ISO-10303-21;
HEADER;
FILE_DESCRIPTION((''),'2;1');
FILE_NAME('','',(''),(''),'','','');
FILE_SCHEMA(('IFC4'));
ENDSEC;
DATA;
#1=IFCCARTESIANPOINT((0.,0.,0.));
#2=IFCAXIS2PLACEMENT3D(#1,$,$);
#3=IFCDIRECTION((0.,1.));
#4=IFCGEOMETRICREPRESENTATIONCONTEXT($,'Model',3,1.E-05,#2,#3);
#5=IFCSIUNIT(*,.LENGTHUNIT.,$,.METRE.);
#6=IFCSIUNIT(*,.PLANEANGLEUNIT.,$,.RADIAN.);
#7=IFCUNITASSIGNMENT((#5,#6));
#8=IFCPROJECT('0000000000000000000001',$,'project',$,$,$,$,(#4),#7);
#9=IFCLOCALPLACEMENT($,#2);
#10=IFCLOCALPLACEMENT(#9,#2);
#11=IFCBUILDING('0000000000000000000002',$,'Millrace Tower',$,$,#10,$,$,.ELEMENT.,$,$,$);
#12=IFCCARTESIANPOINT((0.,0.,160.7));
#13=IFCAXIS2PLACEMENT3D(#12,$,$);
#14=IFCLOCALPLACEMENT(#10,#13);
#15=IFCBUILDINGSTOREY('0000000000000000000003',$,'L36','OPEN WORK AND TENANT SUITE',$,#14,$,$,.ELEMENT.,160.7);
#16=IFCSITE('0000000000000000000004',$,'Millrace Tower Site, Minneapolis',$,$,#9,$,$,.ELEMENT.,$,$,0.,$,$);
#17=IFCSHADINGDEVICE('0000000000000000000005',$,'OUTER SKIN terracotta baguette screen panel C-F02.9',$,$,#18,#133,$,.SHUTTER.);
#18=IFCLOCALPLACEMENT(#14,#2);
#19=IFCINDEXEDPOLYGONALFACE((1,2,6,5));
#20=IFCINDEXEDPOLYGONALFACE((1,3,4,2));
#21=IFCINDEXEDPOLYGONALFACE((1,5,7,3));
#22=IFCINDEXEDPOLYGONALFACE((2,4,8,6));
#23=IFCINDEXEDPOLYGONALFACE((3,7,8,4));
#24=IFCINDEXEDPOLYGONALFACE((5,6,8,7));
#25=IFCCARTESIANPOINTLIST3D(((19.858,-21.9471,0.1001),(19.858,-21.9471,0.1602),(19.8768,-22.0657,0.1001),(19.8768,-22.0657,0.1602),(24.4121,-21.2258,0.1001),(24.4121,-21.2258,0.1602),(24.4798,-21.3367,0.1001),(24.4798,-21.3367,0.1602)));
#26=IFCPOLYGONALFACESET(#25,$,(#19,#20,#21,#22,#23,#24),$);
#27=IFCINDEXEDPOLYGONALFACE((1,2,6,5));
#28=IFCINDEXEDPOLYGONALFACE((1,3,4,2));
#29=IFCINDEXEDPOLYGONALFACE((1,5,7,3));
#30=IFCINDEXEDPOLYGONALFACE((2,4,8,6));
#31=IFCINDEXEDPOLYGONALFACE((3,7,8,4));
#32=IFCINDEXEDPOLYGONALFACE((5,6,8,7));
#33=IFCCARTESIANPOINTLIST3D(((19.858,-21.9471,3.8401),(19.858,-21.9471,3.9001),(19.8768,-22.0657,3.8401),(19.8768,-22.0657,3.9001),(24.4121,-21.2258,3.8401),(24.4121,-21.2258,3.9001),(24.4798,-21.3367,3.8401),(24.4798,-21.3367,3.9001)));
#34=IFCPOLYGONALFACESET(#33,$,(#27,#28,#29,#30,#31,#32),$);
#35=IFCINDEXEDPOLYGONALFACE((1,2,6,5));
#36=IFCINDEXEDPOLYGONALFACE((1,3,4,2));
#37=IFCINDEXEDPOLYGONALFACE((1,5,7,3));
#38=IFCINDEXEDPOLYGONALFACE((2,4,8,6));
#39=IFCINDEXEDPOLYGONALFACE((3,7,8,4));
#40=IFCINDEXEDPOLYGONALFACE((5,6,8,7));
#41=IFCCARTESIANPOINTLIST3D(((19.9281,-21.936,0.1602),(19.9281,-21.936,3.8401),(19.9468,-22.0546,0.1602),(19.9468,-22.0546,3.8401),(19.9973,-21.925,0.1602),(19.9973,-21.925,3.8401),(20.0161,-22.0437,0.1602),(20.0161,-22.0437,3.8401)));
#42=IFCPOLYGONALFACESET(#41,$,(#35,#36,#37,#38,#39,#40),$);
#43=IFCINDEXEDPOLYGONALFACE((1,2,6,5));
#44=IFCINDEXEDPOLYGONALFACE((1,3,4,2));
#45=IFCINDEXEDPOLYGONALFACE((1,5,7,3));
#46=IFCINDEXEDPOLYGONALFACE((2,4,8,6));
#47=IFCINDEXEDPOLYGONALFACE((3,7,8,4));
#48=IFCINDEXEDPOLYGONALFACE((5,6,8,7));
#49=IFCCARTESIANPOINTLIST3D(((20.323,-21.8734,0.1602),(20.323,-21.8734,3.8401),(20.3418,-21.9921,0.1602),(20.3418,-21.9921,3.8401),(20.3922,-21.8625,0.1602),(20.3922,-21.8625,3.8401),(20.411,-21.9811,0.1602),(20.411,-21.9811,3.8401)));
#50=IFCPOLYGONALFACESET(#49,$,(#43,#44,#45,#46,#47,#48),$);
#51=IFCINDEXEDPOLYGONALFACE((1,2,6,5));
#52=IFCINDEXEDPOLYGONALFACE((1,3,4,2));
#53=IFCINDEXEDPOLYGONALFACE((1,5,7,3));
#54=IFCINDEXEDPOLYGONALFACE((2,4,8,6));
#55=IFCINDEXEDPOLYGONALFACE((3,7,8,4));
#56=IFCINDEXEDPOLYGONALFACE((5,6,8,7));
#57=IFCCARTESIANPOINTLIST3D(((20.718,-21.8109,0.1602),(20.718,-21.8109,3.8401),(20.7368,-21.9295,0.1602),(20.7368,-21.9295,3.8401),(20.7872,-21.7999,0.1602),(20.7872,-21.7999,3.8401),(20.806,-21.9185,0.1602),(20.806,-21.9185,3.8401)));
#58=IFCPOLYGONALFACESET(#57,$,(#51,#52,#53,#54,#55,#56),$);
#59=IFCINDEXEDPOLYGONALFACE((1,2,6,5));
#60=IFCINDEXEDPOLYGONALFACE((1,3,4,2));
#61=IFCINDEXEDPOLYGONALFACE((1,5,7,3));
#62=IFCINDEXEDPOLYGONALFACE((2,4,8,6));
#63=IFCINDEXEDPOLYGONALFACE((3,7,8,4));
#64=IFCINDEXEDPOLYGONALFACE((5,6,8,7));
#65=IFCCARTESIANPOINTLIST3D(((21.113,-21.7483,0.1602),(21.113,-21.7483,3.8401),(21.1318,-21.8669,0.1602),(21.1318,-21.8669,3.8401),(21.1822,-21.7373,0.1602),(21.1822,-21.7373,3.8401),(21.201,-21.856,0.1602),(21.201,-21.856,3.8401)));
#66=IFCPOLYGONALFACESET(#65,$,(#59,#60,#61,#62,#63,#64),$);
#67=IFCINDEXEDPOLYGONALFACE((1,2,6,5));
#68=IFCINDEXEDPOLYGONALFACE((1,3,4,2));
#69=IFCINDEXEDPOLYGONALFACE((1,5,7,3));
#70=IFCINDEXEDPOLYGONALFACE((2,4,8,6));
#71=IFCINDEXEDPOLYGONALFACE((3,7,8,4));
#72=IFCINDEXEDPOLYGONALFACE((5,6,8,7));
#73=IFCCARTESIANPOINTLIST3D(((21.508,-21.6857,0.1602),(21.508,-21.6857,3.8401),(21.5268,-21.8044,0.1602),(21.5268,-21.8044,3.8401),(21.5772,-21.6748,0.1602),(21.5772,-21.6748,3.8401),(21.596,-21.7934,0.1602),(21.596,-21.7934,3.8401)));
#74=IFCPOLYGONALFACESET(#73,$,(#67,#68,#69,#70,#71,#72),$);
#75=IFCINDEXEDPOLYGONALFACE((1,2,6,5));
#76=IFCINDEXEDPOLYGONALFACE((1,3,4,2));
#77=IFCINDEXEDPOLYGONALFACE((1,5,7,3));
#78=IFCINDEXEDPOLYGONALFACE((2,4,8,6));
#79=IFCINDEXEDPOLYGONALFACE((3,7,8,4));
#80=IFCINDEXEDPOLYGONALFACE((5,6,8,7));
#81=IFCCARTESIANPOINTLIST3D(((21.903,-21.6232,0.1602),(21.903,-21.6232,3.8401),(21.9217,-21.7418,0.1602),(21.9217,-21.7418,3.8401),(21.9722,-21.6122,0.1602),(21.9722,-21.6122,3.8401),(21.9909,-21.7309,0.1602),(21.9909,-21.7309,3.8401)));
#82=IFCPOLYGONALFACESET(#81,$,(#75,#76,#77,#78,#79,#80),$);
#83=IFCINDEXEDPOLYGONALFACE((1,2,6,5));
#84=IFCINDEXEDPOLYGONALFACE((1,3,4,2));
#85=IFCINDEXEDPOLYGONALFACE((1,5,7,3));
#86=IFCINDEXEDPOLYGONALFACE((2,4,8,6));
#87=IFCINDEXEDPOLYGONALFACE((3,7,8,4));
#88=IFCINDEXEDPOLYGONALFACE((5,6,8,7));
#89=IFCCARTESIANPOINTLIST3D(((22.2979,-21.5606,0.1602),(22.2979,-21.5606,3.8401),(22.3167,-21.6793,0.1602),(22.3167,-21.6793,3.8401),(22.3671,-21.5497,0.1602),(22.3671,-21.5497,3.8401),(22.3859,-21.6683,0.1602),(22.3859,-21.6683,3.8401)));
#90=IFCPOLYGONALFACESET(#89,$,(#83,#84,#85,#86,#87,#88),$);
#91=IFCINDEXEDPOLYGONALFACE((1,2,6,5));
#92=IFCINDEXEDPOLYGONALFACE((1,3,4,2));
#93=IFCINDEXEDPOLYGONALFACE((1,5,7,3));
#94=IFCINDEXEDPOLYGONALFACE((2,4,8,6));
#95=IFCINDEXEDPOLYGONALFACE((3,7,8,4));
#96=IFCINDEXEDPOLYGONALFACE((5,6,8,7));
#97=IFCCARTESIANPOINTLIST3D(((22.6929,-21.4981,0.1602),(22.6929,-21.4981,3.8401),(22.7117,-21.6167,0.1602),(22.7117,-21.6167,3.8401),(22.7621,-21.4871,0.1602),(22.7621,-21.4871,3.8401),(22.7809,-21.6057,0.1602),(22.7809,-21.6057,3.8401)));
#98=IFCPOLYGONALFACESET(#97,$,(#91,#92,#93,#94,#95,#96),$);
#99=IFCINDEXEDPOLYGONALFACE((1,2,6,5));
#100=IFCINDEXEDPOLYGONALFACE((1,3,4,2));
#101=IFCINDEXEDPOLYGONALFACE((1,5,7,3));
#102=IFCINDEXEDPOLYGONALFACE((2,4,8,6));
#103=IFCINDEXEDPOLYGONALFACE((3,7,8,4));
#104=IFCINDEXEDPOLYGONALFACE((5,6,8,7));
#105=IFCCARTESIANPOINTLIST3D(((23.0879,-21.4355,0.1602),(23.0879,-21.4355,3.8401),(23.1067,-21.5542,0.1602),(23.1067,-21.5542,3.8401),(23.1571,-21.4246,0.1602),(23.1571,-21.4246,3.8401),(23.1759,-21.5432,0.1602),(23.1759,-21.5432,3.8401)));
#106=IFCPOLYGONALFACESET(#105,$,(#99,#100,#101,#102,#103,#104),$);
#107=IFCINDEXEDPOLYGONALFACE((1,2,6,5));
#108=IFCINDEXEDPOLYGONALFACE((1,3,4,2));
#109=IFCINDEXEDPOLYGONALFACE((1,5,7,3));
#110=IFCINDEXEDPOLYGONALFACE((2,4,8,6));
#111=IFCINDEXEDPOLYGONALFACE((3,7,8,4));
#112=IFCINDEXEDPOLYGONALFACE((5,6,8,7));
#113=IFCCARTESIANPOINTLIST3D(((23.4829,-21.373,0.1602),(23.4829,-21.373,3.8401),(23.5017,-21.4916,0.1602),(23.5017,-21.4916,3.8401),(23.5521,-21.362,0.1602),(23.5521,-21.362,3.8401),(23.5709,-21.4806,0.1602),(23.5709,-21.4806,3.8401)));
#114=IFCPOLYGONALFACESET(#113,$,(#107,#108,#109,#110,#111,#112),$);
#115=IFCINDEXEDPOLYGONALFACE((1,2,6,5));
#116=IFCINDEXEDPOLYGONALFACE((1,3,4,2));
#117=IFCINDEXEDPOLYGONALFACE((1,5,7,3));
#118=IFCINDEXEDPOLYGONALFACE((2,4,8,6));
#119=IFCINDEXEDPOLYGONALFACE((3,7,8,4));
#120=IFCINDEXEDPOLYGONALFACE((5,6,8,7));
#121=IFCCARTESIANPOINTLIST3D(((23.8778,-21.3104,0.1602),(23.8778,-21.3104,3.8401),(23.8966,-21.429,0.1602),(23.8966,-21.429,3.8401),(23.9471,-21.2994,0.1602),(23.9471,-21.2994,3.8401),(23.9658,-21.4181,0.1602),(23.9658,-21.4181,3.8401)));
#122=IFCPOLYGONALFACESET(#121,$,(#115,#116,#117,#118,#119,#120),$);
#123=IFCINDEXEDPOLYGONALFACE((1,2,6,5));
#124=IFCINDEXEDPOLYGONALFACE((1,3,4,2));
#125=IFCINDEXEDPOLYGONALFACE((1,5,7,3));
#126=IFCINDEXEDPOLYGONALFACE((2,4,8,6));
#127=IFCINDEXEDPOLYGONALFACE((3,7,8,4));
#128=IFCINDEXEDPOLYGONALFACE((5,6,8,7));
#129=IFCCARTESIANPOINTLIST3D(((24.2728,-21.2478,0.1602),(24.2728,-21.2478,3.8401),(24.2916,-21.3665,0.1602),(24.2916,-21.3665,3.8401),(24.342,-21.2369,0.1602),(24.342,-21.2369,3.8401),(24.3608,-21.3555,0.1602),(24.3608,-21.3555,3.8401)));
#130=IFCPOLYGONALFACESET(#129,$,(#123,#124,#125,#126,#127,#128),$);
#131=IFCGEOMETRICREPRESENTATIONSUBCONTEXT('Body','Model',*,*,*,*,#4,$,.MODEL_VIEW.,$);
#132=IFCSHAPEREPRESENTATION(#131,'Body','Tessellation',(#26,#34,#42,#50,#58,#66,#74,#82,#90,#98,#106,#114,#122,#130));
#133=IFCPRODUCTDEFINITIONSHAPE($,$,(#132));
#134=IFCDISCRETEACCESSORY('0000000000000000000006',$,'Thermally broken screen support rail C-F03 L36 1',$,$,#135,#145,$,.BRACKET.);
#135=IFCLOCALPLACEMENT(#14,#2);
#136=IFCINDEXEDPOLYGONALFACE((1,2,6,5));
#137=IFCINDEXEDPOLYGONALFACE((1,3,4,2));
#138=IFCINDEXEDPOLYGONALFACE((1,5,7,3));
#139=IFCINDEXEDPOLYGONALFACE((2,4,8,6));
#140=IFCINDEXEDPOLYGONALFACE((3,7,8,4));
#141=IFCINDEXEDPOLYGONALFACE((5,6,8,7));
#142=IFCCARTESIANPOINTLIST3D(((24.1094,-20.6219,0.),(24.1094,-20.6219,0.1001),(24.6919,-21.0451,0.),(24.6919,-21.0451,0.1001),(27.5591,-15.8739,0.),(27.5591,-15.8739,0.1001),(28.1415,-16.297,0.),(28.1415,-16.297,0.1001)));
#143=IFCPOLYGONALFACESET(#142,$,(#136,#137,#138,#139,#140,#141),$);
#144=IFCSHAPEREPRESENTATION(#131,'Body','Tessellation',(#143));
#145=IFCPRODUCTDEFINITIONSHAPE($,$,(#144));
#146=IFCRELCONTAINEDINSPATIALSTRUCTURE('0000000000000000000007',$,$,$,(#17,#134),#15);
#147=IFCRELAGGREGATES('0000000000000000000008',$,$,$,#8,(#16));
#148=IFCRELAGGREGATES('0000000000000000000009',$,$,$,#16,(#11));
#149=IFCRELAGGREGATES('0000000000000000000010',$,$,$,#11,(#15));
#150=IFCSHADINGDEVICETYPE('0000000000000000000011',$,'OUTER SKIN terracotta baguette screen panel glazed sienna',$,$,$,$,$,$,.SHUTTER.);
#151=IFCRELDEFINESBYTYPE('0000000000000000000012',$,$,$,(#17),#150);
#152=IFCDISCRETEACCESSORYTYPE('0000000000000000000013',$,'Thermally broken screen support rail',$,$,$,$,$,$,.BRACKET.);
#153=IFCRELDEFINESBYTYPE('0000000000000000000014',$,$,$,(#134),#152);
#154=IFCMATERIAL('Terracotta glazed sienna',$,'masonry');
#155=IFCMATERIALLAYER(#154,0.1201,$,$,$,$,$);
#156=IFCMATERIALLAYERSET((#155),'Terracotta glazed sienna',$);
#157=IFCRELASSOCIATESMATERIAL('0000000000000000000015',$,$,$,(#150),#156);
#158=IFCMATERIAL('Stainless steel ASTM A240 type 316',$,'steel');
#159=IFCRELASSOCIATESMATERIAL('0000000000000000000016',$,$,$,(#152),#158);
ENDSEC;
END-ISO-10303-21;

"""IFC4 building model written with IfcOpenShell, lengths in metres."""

from ifc_helpers import new_model, entity, si_unit, direction, frame, frame_2d, origin, origin_2d, place, context, subcontext, project, spatial, rectangle, extrude, source, transform, mapped, material, layer, layer_set, type_object, element, save


model = new_model("IFC4")

# Units and contexts
model_context = context("Model", 3, precision=1e-05, world=origin(), true_north=direction((0.0, 1.0)))
body_context = subcontext(model_context, "Body", "Model", "MODEL_VIEW")
ifc_project = project(units=[si_unit("LENGTHUNIT", "METRE"), si_unit("PLANEANGLEUNIT", "RADIAN")], contexts=[model_context])

# Site, building, storey
site_placement = place(None, origin())
site = spatial("IfcSite", under=ifc_project, at=site_placement, Name="Millrace Tower Site, Minneapolis", CompositionType="ELEMENT", RefElevation=0.0)
building_placement = place(site_placement, origin())
building = spatial("IfcBuilding", under=site, at=building_placement, Name="Millrace Tower", CompositionType="ELEMENT")
storey_placement = place(building_placement, frame((0.0, 0.0, 160.7)))
storey = spatial("IfcBuildingStorey", under=building, at=storey_placement, Name="L36", Description="OPEN WORK AND TENANT SUITE", CompositionType="ELEMENT", Elevation=160.7)

# Shading device
ifc_material_1 = material(Name="Terracotta glazed sienna", Category="masonry")
ifc_layer_1 = layer(ifc_material_1, 0.1201)
ifc_layer_set_1 = layer_set([ifc_layer_1], Name="Terracotta glazed sienna")
shading_device_type = type_object("IfcShadingDeviceType", Name="OUTER SKIN terracotta baguette screen panel glazed sienna", PredefinedType="SHUTTER", material=ifc_layer_set_1)
cartesian_point_1 = entity("IfcCartesianPoint", [-2.3179, 0.0601])
shared_polyline_1 = entity("IfcPolyline", [cartesian_point_1, entity("IfcCartesianPoint", [2.293, 0.0601]), entity("IfcCartesianPoint", [2.3425, -0.0601]), entity("IfcCartesianPoint", [-2.3179, -0.0601]), cartesian_point_1])
shared_shape_1 = source(origin(), body_context, "Body", "SweptSolid", [
    entity("IfcExtrudedAreaSolid", entity("IfcArbitraryClosedProfileDef", "AREA", None, shared_polyline_1), entity("IfcAxis2Placement3D", entity("IfcCartesianPoint", [0.0, 0.0, 0.0])), entity("IfcDirection", [0.0, 0.0, 1.0]), 0.0601),
    entity("IfcExtrudedAreaSolid", entity("IfcArbitraryClosedProfileDef", "AREA", None, shared_polyline_1), entity("IfcAxis2Placement3D", entity("IfcCartesianPoint", [0.0, 0.0, 3.74])), entity("IfcDirection", [0.0, 0.0, 1.0]), 0.0601),
    extrude(rectangle(XDim=0.0701, YDim=0.1201, at=frame_2d((-2.2119, 0.0))), frame((0.0, 0.0, 0.0601)), (0.0, 0.0, 1.0), 3.6799),
    extrude(rectangle(XDim=0.0701, YDim=0.1201, at=frame_2d((-1.812, 0.0))), frame((0.0, 0.0, 0.0601)), (0.0, 0.0, 1.0), 3.6799),
    extrude(rectangle(XDim=0.0701, YDim=0.1201, at=frame_2d((-1.4121, 0.0))), frame((0.0, 0.0, 0.0601)), (0.0, 0.0, 1.0), 3.6799),
    extrude(rectangle(XDim=0.0701, YDim=0.1201, at=frame_2d((-1.0122, 0.0))), frame((0.0, 0.0, 0.0601)), (0.0, 0.0, 1.0), 3.6799),
    extrude(rectangle(XDim=0.0701, YDim=0.1201, at=frame_2d((-0.6123, 0.0))), frame((0.0, 0.0, 0.0601)), (0.0, 0.0, 1.0), 3.6799),
    extrude(rectangle(XDim=0.0701, YDim=0.1201, at=frame_2d((-0.2124, 0.0))), frame((0.0, 0.0, 0.0601)), (0.0, 0.0, 1.0), 3.6799),
    extrude(rectangle(XDim=0.0701, YDim=0.1201, at=frame_2d((0.1875, 0.0))), frame((0.0, 0.0, 0.0601)), (0.0, 0.0, 1.0), 3.6799),
    extrude(rectangle(XDim=0.0701, YDim=0.1201, at=frame_2d((0.5874, 0.0))), frame((0.0, 0.0, 0.0601)), (0.0, 0.0, 1.0), 3.6799),
    extrude(rectangle(XDim=0.0701, YDim=0.1201, at=frame_2d((0.9873, 0.0))), frame((0.0, 0.0, 0.0601)), (0.0, 0.0, 1.0), 3.6799),
    extrude(rectangle(XDim=0.0701, YDim=0.1201, at=frame_2d((1.3872, 0.0))), frame((0.0, 0.0, 0.0601)), (0.0, 0.0, 1.0), 3.6799),
    extrude(rectangle(XDim=0.0701, YDim=0.1201, at=frame_2d((1.7871, 0.0))), frame((0.0, 0.0, 0.0601)), (0.0, 0.0, 1.0), 3.6799),
    extrude(rectangle(XDim=0.0701, YDim=0.1201, at=frame_2d((2.187, 0.0))), frame((0.0, 0.0, 0.0601)), (0.0, 0.0, 1.0), 3.6799),
])
shading_device_1_placement = place(storey_placement, frame((22.1567, -21.6438, 0.1001), z_axis=(0.0, 0.0, 1.0), x_axis=(0.987688, 0.156434, 0.0)))
element("IfcShadingDevice", 1, at=shading_device_1_placement, inside=storey, type_object=shading_device_type, Name="OUTER SKIN terracotta baguette screen panel C-F02.9", PredefinedType="SHUTTER", context=body_context, shape_type="MappedRepresentation", body=[
    mapped(shared_shape_1, transform((0.0, 0.0, 0.0), scale=1.0)),
])

# Discrete accessory
ifc_material_2 = material(Name="Stainless steel ASTM A240 type 316", Category="steel")
discrete_accessory_type = type_object("IfcDiscreteAccessoryType", Name="Thermally broken screen support rail", PredefinedType="BRACKET", material=ifc_material_2)
discrete_accessory_placement = place(storey_placement, frame((26.1255, -18.4595, 0.0), z_axis=(0.0, 0.0, 1.0), x_axis=(0.587785, 0.809017, 0.0)))
element("IfcDiscreteAccessory", 2, at=discrete_accessory_placement, inside=storey, type_object=discrete_accessory_type, Name="Thermally broken screen support rail C-F03 L36 1", PredefinedType="BRACKET", context=body_context, shape_type="SweptSolid", body=[
    extrude(rectangle(XDim=5.8689, YDim=0.72, at=origin_2d()), origin(), (0.0, 0.0, 1.0), 0.1001),
])

save(model, "model.ifc")
